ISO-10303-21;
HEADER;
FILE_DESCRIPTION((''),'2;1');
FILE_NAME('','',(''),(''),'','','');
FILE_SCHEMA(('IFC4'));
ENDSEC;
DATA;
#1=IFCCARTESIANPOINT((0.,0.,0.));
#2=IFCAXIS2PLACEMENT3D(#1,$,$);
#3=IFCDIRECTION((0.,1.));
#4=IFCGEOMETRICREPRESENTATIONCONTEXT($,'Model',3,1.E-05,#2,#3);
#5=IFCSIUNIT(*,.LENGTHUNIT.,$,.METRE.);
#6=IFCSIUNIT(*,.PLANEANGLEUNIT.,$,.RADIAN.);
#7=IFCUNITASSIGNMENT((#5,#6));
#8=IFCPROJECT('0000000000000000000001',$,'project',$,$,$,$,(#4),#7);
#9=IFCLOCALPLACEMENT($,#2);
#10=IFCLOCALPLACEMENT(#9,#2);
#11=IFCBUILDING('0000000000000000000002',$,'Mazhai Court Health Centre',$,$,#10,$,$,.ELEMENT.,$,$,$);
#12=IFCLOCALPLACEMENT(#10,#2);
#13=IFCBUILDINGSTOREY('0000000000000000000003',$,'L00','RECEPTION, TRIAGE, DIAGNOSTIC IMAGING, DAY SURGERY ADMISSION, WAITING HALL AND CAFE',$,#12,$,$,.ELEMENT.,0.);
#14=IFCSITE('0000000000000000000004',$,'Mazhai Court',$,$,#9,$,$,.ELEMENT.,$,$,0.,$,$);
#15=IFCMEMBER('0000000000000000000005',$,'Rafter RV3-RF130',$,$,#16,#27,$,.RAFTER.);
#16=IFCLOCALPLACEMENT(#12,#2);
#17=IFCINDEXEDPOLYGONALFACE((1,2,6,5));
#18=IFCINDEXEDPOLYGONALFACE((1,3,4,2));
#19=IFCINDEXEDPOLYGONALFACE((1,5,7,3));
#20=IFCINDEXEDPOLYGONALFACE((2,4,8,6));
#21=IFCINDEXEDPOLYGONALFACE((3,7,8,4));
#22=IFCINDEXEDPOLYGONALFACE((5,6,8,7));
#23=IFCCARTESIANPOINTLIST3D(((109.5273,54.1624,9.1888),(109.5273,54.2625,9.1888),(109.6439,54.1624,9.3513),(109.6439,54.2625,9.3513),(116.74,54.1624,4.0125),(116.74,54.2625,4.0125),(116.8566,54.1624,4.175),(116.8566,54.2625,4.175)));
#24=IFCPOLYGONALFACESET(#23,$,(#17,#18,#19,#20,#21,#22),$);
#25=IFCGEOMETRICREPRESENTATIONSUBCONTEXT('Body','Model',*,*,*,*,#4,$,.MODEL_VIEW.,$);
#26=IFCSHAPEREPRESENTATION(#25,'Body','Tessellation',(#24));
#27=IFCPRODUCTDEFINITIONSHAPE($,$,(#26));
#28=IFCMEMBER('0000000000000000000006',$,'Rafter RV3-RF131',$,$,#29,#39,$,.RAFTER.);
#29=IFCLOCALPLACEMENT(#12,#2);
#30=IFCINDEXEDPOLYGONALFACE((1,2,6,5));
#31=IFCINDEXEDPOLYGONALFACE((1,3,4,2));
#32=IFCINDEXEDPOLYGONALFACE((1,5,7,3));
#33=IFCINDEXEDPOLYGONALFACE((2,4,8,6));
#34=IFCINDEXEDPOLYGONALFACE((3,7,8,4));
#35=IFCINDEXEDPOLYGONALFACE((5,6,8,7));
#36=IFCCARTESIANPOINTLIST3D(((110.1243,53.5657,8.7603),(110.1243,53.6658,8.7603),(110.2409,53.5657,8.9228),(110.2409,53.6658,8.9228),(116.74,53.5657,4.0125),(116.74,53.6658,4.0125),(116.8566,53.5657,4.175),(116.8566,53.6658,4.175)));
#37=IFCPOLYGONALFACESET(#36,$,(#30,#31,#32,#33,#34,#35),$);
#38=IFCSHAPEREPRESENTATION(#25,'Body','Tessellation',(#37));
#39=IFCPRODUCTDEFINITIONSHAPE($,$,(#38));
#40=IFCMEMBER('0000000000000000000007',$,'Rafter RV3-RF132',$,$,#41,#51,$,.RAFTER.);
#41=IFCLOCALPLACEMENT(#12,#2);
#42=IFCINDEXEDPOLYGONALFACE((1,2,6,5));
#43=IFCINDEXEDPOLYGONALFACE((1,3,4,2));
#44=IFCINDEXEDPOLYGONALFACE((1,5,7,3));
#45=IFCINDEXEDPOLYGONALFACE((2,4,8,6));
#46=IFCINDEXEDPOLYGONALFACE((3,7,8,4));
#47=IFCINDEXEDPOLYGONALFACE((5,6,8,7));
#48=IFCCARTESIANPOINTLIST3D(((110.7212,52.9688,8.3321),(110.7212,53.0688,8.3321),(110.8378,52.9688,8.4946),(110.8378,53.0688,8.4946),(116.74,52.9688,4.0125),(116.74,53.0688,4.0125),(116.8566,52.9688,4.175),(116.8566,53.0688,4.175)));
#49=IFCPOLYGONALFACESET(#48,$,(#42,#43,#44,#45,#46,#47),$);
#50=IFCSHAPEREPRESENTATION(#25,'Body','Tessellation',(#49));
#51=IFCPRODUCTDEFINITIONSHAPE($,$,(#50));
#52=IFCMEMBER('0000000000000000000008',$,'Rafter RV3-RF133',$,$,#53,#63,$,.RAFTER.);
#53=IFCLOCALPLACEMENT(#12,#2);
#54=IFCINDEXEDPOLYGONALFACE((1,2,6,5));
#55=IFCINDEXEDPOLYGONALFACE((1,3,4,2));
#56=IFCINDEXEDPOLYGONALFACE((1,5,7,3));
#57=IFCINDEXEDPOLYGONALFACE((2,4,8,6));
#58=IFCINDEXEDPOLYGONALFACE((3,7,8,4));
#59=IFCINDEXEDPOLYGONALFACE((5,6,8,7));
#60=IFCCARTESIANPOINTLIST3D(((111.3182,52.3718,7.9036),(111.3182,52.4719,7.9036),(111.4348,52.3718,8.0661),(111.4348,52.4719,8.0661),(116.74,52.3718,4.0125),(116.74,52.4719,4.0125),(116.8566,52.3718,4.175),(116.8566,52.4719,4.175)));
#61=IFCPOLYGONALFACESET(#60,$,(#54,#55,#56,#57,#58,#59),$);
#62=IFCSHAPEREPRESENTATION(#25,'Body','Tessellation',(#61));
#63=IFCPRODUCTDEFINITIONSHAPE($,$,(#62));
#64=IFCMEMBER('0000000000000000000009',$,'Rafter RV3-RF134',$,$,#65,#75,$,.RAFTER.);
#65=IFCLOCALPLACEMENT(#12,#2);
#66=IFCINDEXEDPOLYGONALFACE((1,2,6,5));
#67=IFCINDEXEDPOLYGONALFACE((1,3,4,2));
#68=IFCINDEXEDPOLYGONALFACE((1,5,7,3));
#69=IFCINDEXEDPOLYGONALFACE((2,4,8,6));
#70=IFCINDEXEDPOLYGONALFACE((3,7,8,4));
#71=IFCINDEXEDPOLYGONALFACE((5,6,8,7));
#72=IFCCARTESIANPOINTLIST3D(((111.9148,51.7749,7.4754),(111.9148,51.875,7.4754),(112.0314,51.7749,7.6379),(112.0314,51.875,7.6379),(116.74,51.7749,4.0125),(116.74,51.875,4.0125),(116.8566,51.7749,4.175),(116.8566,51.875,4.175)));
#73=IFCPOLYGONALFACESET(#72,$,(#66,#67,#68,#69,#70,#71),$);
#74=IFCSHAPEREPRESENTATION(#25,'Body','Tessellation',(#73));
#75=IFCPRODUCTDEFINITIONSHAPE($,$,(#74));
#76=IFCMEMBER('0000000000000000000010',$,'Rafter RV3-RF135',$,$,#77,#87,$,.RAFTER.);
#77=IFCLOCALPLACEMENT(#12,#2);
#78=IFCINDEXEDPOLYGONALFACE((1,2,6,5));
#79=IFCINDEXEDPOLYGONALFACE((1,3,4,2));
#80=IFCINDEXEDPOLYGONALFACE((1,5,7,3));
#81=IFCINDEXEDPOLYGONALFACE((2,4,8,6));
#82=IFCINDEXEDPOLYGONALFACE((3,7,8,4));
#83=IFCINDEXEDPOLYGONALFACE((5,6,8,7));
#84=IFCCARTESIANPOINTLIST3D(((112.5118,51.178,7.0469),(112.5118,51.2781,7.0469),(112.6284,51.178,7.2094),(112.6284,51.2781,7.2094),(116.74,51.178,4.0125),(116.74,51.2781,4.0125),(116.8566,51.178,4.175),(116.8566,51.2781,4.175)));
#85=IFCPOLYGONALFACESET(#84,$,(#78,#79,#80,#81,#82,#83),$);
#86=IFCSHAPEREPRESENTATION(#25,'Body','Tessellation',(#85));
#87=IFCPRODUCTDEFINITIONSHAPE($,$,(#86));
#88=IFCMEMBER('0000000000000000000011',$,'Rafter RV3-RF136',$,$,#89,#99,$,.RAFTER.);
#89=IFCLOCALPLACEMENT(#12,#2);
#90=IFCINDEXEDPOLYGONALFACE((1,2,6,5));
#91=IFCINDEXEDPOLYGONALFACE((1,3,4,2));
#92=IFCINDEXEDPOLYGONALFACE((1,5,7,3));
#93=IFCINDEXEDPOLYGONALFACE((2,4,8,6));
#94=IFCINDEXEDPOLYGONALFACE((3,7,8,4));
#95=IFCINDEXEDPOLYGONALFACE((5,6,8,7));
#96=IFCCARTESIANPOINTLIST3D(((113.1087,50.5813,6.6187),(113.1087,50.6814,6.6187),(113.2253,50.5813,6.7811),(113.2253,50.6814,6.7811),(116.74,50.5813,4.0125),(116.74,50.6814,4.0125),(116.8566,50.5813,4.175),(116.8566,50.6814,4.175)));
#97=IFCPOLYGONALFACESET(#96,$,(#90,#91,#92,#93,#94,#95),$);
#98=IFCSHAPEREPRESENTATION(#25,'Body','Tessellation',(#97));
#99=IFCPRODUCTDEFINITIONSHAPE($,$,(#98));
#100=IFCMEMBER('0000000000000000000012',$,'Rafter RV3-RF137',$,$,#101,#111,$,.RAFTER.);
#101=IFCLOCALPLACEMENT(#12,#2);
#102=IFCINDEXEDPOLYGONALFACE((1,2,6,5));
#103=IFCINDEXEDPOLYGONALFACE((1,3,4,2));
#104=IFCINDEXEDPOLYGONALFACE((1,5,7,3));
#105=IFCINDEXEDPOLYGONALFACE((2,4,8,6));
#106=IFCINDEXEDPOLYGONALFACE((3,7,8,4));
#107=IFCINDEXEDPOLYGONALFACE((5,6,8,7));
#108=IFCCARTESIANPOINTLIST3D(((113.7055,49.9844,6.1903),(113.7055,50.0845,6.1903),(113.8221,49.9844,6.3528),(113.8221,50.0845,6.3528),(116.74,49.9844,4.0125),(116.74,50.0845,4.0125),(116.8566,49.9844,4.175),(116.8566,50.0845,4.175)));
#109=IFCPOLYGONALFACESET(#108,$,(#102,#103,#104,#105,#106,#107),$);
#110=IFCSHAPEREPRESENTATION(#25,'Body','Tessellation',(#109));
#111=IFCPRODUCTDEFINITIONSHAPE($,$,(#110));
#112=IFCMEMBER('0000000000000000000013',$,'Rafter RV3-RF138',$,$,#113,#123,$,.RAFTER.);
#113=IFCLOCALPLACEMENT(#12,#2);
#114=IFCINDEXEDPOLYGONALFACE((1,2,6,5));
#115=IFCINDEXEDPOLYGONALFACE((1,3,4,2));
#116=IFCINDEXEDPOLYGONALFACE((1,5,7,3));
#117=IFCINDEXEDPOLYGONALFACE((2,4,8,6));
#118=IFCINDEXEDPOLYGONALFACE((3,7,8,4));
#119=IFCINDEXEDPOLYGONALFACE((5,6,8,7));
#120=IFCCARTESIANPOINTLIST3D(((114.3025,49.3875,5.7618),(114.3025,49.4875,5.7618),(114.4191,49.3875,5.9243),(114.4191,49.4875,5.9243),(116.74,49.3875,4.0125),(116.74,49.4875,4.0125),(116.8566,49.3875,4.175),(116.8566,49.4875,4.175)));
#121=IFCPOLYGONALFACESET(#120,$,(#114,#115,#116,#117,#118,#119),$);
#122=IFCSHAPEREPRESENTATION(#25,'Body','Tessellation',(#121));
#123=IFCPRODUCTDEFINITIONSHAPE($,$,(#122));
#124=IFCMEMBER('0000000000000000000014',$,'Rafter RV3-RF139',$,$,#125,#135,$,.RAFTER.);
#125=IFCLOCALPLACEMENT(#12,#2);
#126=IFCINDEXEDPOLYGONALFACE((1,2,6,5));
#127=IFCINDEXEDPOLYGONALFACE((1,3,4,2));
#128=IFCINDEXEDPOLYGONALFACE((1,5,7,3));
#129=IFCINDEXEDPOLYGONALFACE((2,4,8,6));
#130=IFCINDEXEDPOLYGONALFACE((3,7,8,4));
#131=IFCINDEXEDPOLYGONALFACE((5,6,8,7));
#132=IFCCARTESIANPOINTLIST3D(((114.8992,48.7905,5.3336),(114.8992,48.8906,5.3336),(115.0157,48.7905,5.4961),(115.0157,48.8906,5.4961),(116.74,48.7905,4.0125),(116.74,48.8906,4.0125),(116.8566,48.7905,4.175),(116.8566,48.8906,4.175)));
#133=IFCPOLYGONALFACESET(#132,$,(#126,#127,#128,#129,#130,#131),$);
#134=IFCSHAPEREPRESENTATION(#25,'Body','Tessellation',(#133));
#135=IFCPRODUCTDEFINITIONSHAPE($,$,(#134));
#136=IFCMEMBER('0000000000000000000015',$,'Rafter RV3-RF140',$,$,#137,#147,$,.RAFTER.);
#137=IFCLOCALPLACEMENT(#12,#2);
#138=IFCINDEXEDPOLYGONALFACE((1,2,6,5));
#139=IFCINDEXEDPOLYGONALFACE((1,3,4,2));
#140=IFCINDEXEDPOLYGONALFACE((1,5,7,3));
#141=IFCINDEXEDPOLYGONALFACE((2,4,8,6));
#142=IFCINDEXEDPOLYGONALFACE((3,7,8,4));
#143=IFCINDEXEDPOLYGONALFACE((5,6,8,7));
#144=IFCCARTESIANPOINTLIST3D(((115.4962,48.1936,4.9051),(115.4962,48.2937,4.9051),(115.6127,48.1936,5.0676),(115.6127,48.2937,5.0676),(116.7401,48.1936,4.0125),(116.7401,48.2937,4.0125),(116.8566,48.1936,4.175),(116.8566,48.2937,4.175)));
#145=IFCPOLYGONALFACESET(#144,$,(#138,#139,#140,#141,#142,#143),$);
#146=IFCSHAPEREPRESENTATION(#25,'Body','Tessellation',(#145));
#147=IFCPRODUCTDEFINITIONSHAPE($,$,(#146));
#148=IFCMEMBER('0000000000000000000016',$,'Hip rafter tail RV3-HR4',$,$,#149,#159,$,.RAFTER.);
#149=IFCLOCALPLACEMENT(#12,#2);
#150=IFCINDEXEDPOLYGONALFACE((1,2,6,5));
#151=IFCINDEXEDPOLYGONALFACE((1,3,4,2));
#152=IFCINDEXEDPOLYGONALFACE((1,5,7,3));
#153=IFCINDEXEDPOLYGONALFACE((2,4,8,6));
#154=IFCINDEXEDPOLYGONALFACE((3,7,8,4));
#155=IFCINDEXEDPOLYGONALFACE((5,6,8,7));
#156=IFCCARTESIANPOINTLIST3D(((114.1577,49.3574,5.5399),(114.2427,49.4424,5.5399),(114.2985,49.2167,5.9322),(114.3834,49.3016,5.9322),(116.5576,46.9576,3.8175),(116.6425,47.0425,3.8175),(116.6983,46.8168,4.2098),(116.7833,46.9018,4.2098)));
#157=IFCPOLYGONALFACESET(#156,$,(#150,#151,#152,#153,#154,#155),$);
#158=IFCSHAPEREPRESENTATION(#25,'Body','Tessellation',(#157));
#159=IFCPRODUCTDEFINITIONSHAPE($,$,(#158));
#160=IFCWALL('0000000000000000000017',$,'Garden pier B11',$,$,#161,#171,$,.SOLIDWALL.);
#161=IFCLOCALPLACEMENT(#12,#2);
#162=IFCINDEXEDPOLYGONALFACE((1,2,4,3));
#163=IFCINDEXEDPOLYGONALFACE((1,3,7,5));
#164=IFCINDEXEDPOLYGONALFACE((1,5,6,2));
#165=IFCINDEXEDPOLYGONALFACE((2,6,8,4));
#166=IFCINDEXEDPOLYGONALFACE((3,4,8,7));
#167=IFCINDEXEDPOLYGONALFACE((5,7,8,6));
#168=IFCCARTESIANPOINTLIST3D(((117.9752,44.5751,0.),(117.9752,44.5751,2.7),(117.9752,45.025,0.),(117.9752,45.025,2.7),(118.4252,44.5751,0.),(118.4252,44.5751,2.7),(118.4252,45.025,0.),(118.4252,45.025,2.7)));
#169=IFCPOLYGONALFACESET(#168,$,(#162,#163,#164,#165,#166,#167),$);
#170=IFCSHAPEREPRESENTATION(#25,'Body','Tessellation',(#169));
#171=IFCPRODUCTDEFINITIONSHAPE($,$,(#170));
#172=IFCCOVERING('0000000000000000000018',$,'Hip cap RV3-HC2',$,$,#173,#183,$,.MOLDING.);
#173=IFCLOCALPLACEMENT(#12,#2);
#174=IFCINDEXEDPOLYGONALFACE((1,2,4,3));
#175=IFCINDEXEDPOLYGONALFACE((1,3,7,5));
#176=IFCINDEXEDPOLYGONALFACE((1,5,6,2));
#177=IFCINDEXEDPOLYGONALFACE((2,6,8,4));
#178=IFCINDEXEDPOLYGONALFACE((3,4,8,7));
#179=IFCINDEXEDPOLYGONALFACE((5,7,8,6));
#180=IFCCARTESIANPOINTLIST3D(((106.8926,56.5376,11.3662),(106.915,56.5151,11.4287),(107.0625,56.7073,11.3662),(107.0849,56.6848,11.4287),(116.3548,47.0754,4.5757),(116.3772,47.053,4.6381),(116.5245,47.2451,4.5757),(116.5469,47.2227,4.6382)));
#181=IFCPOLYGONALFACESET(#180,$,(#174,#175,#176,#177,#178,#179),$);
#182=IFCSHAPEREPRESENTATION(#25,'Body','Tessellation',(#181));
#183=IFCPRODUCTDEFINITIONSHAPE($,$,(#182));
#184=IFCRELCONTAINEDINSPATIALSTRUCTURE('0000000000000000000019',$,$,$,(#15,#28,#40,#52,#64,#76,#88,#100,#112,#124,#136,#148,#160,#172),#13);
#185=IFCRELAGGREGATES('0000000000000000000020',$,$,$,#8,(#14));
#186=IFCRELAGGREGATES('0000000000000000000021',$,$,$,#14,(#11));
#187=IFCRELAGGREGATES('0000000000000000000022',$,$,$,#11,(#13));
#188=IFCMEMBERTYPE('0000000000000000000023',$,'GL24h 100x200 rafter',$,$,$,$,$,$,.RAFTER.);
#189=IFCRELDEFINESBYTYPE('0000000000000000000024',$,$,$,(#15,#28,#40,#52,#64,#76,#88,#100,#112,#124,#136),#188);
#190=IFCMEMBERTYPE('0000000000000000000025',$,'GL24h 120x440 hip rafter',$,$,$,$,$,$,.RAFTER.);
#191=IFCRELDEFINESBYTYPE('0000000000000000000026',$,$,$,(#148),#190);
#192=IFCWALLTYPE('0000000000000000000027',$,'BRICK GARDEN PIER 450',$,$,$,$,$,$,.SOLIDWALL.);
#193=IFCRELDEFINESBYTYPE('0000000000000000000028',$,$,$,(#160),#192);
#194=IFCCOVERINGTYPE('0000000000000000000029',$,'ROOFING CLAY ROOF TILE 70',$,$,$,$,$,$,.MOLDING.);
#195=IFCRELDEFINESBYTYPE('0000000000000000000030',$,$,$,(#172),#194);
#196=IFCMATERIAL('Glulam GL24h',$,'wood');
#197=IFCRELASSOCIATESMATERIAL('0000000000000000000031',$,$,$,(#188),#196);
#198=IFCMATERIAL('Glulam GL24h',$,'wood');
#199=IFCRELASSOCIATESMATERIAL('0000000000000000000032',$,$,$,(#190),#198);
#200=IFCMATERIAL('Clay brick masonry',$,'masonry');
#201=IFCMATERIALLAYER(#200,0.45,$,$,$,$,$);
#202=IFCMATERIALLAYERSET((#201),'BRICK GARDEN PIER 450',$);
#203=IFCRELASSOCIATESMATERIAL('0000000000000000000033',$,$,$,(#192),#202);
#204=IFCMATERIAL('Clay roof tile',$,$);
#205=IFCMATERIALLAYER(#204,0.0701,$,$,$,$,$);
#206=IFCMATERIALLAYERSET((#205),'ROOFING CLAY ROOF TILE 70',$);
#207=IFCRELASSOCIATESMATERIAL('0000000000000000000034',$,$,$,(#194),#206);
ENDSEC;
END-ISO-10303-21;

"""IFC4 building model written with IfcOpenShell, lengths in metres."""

from ifc_helpers import new_model, si_unit, direction, frame, frame_2d, origin, origin_2d, place, context, subcontext, project, spatial, polyline, rectangle, outline, extrude, material, layer, layer_set, material_profile, profile_set, type_object, element, save


model = new_model("IFC4")

# Units and contexts
model_context = context("Model", 3, precision=1e-05, world=origin(), true_north=direction((0.0, 1.0)))
body_context = subcontext(model_context, "Body", "Model", "MODEL_VIEW")
ifc_project = project(units=[si_unit("LENGTHUNIT", "METRE"), si_unit("PLANEANGLEUNIT", "RADIAN")], contexts=[model_context])

# Site, building, storey
site_placement = place(None, origin())
site = spatial("IfcSite", under=ifc_project, at=site_placement, Name="Mazhai Court", CompositionType="ELEMENT", RefElevation=0.0)
building_placement = place(site_placement, origin())
building = spatial("IfcBuilding", under=site, at=building_placement, Name="Mazhai Court Health Centre", CompositionType="ELEMENT")
storey_placement = place(building_placement, origin())
storey = spatial("IfcBuildingStorey", under=building, at=storey_placement, Name="L00", Description="RECEPTION, TRIAGE, DIAGNOSTIC IMAGING, DAY SURGERY ADMISSION, WAITING HALL AND CAFE", CompositionType="ELEMENT", Elevation=0.0)

# Members
ifc_material_1 = material(Name="Glulam GL24h", Category="wood")
ifc_material_profile_1 = material_profile(ifc_material_1, rectangle(XDim=0.1001, YDim=0.2, at=origin_2d()), Name="GL24h 100x200")
ifc_profile_set_1 = profile_set([ifc_material_profile_1], Name="Glulam GL24h")
member_type_1 = type_object("IfcMemberType", Name="GL24h 100x200 rafter", PredefinedType="RAFTER", material=ifc_profile_set_1)
member_1_placement = place(storey_placement, frame((116.7983, 54.2124, 4.0938), z_axis=(-0.812433, 0.0, 0.583055), x_axis=(0.0, -1.0, 0.0)))
element("IfcMember", 1, at=member_1_placement, inside=storey, type_object=member_type_1, Name="Rafter RV3-RF130", PredefinedType="RAFTER", context=body_context, shape_type="SweptSolid", body=[
    extrude(rectangle(XDim=0.1001, YDim=0.2, at=origin_2d()), origin(), (0.0, 0.0, 1.0), 8.8779),
])
member_2_placement = place(storey_placement, frame((116.7983, 53.6157, 4.0938), z_axis=(-0.812437, 0.0, 0.583049), x_axis=(0.0, -1.0, 0.0)))
element("IfcMember", 2, at=member_2_placement, inside=storey, type_object=member_type_1, Name="Rafter RV3-RF131", PredefinedType="RAFTER", context=body_context, shape_type="SweptSolid", body=[
    extrude(rectangle(XDim=0.1001, YDim=0.2, at=origin_2d()), origin(), (0.0, 0.0, 1.0), 8.1431),
])
member_3_placement = place(storey_placement, frame((116.7983, 53.0188, 4.0938), z_axis=(-0.812427, 0.0, 0.583063), x_axis=(0.0, -1.0, 0.0)))
element("IfcMember", 3, at=member_3_placement, inside=storey, type_object=member_type_1, Name="Rafter RV3-RF132", PredefinedType="RAFTER", context=body_context, shape_type="SweptSolid", body=[
    extrude(rectangle(XDim=0.1001, YDim=0.2, at=origin_2d()), origin(), (0.0, 0.0, 1.0), 7.4084),
])
member_4_placement = place(storey_placement, frame((116.7983, 52.4219, 4.0938), z_axis=(-0.812431, 0.0, 0.583057), x_axis=(0.0, -1.0, 0.0)))
element("IfcMember", 4, at=member_4_placement, inside=storey, type_object=member_type_1, Name="Rafter RV3-RF133", PredefinedType="RAFTER", context=body_context, shape_type="SweptSolid", body=[
    extrude(rectangle(XDim=0.1001, YDim=0.2, at=origin_2d()), origin(), (0.0, 0.0, 1.0), 6.6736),
])
member_5_placement = place(storey_placement, frame((116.7983, 51.825, 4.0938), z_axis=(-0.812432, 0.0, 0.583057), x_axis=(0.0, -1.0, 0.0)))
element("IfcMember", 5, at=member_5_placement, inside=storey, type_object=member_type_1, Name="Rafter RV3-RF134", PredefinedType="RAFTER", context=body_context, shape_type="SweptSolid", body=[
    extrude(rectangle(XDim=0.1001, YDim=0.2, at=origin_2d()), origin(), (0.0, 0.0, 1.0), 5.9392),
])
member_6_placement = place(storey_placement, frame((116.7983, 51.228, 4.0938), z_axis=(-0.812438, 0.0, 0.583047), x_axis=(0.0, -1.0, 0.0)))
element("IfcMember", 6, at=member_6_placement, inside=storey, type_object=member_type_1, Name="Rafter RV3-RF135", PredefinedType="RAFTER", context=body_context, shape_type="SweptSolid", body=[
    extrude(rectangle(XDim=0.1001, YDim=0.2, at=origin_2d()), origin(), (0.0, 0.0, 1.0), 5.2043),
])
member_7_placement = place(storey_placement, frame((116.7983, 50.6313, 4.0938), z_axis=(-0.812421, 0.0, 0.583071), x_axis=(0.0, -1.0, 0.0)))
element("IfcMember", 7, at=member_7_placement, inside=storey, type_object=member_type_1, Name="Rafter RV3-RF136", PredefinedType="RAFTER", context=body_context, shape_type="SweptSolid", body=[
    extrude(rectangle(XDim=0.1001, YDim=0.2, at=origin_2d()), origin(), (0.0, 0.0, 1.0), 4.4697),
])
member_8_placement = place(storey_placement, frame((116.7983, 50.0344, 4.0938), z_axis=(-0.812429, 0.0, 0.583061), x_axis=(0.0, -1.0, 0.0)))
element("IfcMember", 8, at=member_8_placement, inside=storey, type_object=member_type_1, Name="Rafter RV3-RF137", PredefinedType="RAFTER", context=body_context, shape_type="SweptSolid", body=[
    extrude(rectangle(XDim=0.1001, YDim=0.2, at=origin_2d()), origin(), (0.0, 0.0, 1.0), 3.7351),
])
member_9_placement = place(storey_placement, frame((116.7983, 49.4375, 4.0938), z_axis=(-0.812439, 0.0, 0.583046), x_axis=(0.0, -1.0, 0.0)))
element("IfcMember", 9, at=member_9_placement, inside=storey, type_object=member_type_1, Name="Rafter RV3-RF138", PredefinedType="RAFTER", context=body_context, shape_type="SweptSolid", body=[
    extrude(rectangle(XDim=0.1001, YDim=0.2, at=origin_2d()), origin(), (0.0, 0.0, 1.0), 3.0002),
])
member_10_placement = place(storey_placement, frame((116.7983, 48.8406, 4.0938), z_axis=(-0.812443, 0.0, 0.583041), x_axis=(0.0, -1.0, 0.0)))
element("IfcMember", 10, at=member_10_placement, inside=storey, type_object=member_type_1, Name="Rafter RV3-RF139", PredefinedType="RAFTER", context=body_context, shape_type="SweptSolid", body=[
    extrude(rectangle(XDim=0.1001, YDim=0.2, at=origin_2d()), origin(), (0.0, 0.0, 1.0), 2.2659),
])
member_11_placement = place(storey_placement, frame((116.7983, 48.2437, 4.0938), z_axis=(-0.812471, 0.0, 0.583002), x_axis=(0.0, -1.0, 0.0)))
element("IfcMember", 11, at=member_11_placement, inside=storey, type_object=member_type_1, Name="Rafter RV3-RF140", PredefinedType="RAFTER", context=body_context, shape_type="SweptSolid", body=[
    extrude(rectangle(XDim=0.1001, YDim=0.2, at=origin_2d()), origin(), (0.0, 0.0, 1.0), 1.531),
])
ifc_material_2 = material(Name="Glulam GL24h", Category="wood")
ifc_material_profile_2 = material_profile(ifc_material_2, rectangle(XDim=0.1201, YDim=0.4399, at=origin_2d()), Name="GL24h 120x440")
ifc_profile_set_2 = profile_set([ifc_material_profile_2], Name="Glulam GL24h")
member_type_2 = type_object("IfcMemberType", Name="GL24h 120x440 hip rafter", PredefinedType="RAFTER", material=ifc_profile_set_2)
member_12_placement = place(storey_placement, frame((116.6704, 46.9297, 4.0137), z_axis=(-0.630555, 0.630555, 0.45255), x_axis=(-0.707107, -0.707107, 0.0)))
element("IfcMember", 12, at=member_12_placement, inside=storey, type_object=member_type_2, Name="Hip rafter tail RV3-HR4", PredefinedType="RAFTER", context=body_context, shape_type="SweptSolid", body=[
    extrude(rectangle(XDim=0.1201, YDim=0.4399, at=origin_2d()), origin(), (0.0, 0.0, 1.0), 3.8059),
])

# Wall
ifc_material_3 = material(Name="Clay brick masonry", Category="masonry")
ifc_layer_1 = layer(ifc_material_3, 0.45)
ifc_layer_set_1 = layer_set([ifc_layer_1], Name="BRICK GARDEN PIER 450")
wall_type = type_object("IfcWallType", Name="BRICK GARDEN PIER 450", PredefinedType="SOLIDWALL", material=ifc_layer_set_1)
wall_placement = place(storey_placement, frame((117.9751, 44.8, 0.0), z_axis=(0.0, 0.0, 1.0), x_axis=(1.0, 0.0, 0.0)))
element("IfcWall", 13, at=wall_placement, inside=storey, type_object=wall_type, Name="Garden pier B11", PredefinedType="SOLIDWALL", context=body_context, shape_type="SweptSolid", body=[
    extrude(rectangle(XDim=0.45, YDim=0.45, at=frame_2d((0.2251, 0.0))), origin(), (0.0, 0.0, 1.0), 2.7),
])

# Covering
ifc_material_4 = material(Name="Clay roof tile")
ifc_layer_2 = layer(ifc_material_4, 0.0701)
ifc_layer_set_2 = layer_set([ifc_layer_2], Name="ROOFING CLAY ROOF TILE 70")
covering_type_1 = type_object("IfcCoveringType", Name="ROOFING CLAY ROOF TILE 70", PredefinedType="MOLDING", material=ifc_layer_set_2)
covering_1_placement = place(storey_placement, frame((116.5469, 47.2227, 4.6382), z_axis=(0.31987, -0.3201, 0.891751), x_axis=(-0.630555, 0.630571, 0.452527)))
element("IfcCovering", 14, at=covering_1_placement, inside=storey, type_object=covering_type_1, Name="Hip cap RV3-HC2", PredefinedType="MOLDING", context=body_context, shape_type="SweptSolid", body=[
    extrude(outline(polyline([(0.0, 0.0), (15.0057, 0.0), (15.0059, 0.2401), (0.0, 0.24), (0.0, 0.0)])), origin(), (0.0, 0.0, -1.0), 0.0701),
])

save(model, "model.ifc")
